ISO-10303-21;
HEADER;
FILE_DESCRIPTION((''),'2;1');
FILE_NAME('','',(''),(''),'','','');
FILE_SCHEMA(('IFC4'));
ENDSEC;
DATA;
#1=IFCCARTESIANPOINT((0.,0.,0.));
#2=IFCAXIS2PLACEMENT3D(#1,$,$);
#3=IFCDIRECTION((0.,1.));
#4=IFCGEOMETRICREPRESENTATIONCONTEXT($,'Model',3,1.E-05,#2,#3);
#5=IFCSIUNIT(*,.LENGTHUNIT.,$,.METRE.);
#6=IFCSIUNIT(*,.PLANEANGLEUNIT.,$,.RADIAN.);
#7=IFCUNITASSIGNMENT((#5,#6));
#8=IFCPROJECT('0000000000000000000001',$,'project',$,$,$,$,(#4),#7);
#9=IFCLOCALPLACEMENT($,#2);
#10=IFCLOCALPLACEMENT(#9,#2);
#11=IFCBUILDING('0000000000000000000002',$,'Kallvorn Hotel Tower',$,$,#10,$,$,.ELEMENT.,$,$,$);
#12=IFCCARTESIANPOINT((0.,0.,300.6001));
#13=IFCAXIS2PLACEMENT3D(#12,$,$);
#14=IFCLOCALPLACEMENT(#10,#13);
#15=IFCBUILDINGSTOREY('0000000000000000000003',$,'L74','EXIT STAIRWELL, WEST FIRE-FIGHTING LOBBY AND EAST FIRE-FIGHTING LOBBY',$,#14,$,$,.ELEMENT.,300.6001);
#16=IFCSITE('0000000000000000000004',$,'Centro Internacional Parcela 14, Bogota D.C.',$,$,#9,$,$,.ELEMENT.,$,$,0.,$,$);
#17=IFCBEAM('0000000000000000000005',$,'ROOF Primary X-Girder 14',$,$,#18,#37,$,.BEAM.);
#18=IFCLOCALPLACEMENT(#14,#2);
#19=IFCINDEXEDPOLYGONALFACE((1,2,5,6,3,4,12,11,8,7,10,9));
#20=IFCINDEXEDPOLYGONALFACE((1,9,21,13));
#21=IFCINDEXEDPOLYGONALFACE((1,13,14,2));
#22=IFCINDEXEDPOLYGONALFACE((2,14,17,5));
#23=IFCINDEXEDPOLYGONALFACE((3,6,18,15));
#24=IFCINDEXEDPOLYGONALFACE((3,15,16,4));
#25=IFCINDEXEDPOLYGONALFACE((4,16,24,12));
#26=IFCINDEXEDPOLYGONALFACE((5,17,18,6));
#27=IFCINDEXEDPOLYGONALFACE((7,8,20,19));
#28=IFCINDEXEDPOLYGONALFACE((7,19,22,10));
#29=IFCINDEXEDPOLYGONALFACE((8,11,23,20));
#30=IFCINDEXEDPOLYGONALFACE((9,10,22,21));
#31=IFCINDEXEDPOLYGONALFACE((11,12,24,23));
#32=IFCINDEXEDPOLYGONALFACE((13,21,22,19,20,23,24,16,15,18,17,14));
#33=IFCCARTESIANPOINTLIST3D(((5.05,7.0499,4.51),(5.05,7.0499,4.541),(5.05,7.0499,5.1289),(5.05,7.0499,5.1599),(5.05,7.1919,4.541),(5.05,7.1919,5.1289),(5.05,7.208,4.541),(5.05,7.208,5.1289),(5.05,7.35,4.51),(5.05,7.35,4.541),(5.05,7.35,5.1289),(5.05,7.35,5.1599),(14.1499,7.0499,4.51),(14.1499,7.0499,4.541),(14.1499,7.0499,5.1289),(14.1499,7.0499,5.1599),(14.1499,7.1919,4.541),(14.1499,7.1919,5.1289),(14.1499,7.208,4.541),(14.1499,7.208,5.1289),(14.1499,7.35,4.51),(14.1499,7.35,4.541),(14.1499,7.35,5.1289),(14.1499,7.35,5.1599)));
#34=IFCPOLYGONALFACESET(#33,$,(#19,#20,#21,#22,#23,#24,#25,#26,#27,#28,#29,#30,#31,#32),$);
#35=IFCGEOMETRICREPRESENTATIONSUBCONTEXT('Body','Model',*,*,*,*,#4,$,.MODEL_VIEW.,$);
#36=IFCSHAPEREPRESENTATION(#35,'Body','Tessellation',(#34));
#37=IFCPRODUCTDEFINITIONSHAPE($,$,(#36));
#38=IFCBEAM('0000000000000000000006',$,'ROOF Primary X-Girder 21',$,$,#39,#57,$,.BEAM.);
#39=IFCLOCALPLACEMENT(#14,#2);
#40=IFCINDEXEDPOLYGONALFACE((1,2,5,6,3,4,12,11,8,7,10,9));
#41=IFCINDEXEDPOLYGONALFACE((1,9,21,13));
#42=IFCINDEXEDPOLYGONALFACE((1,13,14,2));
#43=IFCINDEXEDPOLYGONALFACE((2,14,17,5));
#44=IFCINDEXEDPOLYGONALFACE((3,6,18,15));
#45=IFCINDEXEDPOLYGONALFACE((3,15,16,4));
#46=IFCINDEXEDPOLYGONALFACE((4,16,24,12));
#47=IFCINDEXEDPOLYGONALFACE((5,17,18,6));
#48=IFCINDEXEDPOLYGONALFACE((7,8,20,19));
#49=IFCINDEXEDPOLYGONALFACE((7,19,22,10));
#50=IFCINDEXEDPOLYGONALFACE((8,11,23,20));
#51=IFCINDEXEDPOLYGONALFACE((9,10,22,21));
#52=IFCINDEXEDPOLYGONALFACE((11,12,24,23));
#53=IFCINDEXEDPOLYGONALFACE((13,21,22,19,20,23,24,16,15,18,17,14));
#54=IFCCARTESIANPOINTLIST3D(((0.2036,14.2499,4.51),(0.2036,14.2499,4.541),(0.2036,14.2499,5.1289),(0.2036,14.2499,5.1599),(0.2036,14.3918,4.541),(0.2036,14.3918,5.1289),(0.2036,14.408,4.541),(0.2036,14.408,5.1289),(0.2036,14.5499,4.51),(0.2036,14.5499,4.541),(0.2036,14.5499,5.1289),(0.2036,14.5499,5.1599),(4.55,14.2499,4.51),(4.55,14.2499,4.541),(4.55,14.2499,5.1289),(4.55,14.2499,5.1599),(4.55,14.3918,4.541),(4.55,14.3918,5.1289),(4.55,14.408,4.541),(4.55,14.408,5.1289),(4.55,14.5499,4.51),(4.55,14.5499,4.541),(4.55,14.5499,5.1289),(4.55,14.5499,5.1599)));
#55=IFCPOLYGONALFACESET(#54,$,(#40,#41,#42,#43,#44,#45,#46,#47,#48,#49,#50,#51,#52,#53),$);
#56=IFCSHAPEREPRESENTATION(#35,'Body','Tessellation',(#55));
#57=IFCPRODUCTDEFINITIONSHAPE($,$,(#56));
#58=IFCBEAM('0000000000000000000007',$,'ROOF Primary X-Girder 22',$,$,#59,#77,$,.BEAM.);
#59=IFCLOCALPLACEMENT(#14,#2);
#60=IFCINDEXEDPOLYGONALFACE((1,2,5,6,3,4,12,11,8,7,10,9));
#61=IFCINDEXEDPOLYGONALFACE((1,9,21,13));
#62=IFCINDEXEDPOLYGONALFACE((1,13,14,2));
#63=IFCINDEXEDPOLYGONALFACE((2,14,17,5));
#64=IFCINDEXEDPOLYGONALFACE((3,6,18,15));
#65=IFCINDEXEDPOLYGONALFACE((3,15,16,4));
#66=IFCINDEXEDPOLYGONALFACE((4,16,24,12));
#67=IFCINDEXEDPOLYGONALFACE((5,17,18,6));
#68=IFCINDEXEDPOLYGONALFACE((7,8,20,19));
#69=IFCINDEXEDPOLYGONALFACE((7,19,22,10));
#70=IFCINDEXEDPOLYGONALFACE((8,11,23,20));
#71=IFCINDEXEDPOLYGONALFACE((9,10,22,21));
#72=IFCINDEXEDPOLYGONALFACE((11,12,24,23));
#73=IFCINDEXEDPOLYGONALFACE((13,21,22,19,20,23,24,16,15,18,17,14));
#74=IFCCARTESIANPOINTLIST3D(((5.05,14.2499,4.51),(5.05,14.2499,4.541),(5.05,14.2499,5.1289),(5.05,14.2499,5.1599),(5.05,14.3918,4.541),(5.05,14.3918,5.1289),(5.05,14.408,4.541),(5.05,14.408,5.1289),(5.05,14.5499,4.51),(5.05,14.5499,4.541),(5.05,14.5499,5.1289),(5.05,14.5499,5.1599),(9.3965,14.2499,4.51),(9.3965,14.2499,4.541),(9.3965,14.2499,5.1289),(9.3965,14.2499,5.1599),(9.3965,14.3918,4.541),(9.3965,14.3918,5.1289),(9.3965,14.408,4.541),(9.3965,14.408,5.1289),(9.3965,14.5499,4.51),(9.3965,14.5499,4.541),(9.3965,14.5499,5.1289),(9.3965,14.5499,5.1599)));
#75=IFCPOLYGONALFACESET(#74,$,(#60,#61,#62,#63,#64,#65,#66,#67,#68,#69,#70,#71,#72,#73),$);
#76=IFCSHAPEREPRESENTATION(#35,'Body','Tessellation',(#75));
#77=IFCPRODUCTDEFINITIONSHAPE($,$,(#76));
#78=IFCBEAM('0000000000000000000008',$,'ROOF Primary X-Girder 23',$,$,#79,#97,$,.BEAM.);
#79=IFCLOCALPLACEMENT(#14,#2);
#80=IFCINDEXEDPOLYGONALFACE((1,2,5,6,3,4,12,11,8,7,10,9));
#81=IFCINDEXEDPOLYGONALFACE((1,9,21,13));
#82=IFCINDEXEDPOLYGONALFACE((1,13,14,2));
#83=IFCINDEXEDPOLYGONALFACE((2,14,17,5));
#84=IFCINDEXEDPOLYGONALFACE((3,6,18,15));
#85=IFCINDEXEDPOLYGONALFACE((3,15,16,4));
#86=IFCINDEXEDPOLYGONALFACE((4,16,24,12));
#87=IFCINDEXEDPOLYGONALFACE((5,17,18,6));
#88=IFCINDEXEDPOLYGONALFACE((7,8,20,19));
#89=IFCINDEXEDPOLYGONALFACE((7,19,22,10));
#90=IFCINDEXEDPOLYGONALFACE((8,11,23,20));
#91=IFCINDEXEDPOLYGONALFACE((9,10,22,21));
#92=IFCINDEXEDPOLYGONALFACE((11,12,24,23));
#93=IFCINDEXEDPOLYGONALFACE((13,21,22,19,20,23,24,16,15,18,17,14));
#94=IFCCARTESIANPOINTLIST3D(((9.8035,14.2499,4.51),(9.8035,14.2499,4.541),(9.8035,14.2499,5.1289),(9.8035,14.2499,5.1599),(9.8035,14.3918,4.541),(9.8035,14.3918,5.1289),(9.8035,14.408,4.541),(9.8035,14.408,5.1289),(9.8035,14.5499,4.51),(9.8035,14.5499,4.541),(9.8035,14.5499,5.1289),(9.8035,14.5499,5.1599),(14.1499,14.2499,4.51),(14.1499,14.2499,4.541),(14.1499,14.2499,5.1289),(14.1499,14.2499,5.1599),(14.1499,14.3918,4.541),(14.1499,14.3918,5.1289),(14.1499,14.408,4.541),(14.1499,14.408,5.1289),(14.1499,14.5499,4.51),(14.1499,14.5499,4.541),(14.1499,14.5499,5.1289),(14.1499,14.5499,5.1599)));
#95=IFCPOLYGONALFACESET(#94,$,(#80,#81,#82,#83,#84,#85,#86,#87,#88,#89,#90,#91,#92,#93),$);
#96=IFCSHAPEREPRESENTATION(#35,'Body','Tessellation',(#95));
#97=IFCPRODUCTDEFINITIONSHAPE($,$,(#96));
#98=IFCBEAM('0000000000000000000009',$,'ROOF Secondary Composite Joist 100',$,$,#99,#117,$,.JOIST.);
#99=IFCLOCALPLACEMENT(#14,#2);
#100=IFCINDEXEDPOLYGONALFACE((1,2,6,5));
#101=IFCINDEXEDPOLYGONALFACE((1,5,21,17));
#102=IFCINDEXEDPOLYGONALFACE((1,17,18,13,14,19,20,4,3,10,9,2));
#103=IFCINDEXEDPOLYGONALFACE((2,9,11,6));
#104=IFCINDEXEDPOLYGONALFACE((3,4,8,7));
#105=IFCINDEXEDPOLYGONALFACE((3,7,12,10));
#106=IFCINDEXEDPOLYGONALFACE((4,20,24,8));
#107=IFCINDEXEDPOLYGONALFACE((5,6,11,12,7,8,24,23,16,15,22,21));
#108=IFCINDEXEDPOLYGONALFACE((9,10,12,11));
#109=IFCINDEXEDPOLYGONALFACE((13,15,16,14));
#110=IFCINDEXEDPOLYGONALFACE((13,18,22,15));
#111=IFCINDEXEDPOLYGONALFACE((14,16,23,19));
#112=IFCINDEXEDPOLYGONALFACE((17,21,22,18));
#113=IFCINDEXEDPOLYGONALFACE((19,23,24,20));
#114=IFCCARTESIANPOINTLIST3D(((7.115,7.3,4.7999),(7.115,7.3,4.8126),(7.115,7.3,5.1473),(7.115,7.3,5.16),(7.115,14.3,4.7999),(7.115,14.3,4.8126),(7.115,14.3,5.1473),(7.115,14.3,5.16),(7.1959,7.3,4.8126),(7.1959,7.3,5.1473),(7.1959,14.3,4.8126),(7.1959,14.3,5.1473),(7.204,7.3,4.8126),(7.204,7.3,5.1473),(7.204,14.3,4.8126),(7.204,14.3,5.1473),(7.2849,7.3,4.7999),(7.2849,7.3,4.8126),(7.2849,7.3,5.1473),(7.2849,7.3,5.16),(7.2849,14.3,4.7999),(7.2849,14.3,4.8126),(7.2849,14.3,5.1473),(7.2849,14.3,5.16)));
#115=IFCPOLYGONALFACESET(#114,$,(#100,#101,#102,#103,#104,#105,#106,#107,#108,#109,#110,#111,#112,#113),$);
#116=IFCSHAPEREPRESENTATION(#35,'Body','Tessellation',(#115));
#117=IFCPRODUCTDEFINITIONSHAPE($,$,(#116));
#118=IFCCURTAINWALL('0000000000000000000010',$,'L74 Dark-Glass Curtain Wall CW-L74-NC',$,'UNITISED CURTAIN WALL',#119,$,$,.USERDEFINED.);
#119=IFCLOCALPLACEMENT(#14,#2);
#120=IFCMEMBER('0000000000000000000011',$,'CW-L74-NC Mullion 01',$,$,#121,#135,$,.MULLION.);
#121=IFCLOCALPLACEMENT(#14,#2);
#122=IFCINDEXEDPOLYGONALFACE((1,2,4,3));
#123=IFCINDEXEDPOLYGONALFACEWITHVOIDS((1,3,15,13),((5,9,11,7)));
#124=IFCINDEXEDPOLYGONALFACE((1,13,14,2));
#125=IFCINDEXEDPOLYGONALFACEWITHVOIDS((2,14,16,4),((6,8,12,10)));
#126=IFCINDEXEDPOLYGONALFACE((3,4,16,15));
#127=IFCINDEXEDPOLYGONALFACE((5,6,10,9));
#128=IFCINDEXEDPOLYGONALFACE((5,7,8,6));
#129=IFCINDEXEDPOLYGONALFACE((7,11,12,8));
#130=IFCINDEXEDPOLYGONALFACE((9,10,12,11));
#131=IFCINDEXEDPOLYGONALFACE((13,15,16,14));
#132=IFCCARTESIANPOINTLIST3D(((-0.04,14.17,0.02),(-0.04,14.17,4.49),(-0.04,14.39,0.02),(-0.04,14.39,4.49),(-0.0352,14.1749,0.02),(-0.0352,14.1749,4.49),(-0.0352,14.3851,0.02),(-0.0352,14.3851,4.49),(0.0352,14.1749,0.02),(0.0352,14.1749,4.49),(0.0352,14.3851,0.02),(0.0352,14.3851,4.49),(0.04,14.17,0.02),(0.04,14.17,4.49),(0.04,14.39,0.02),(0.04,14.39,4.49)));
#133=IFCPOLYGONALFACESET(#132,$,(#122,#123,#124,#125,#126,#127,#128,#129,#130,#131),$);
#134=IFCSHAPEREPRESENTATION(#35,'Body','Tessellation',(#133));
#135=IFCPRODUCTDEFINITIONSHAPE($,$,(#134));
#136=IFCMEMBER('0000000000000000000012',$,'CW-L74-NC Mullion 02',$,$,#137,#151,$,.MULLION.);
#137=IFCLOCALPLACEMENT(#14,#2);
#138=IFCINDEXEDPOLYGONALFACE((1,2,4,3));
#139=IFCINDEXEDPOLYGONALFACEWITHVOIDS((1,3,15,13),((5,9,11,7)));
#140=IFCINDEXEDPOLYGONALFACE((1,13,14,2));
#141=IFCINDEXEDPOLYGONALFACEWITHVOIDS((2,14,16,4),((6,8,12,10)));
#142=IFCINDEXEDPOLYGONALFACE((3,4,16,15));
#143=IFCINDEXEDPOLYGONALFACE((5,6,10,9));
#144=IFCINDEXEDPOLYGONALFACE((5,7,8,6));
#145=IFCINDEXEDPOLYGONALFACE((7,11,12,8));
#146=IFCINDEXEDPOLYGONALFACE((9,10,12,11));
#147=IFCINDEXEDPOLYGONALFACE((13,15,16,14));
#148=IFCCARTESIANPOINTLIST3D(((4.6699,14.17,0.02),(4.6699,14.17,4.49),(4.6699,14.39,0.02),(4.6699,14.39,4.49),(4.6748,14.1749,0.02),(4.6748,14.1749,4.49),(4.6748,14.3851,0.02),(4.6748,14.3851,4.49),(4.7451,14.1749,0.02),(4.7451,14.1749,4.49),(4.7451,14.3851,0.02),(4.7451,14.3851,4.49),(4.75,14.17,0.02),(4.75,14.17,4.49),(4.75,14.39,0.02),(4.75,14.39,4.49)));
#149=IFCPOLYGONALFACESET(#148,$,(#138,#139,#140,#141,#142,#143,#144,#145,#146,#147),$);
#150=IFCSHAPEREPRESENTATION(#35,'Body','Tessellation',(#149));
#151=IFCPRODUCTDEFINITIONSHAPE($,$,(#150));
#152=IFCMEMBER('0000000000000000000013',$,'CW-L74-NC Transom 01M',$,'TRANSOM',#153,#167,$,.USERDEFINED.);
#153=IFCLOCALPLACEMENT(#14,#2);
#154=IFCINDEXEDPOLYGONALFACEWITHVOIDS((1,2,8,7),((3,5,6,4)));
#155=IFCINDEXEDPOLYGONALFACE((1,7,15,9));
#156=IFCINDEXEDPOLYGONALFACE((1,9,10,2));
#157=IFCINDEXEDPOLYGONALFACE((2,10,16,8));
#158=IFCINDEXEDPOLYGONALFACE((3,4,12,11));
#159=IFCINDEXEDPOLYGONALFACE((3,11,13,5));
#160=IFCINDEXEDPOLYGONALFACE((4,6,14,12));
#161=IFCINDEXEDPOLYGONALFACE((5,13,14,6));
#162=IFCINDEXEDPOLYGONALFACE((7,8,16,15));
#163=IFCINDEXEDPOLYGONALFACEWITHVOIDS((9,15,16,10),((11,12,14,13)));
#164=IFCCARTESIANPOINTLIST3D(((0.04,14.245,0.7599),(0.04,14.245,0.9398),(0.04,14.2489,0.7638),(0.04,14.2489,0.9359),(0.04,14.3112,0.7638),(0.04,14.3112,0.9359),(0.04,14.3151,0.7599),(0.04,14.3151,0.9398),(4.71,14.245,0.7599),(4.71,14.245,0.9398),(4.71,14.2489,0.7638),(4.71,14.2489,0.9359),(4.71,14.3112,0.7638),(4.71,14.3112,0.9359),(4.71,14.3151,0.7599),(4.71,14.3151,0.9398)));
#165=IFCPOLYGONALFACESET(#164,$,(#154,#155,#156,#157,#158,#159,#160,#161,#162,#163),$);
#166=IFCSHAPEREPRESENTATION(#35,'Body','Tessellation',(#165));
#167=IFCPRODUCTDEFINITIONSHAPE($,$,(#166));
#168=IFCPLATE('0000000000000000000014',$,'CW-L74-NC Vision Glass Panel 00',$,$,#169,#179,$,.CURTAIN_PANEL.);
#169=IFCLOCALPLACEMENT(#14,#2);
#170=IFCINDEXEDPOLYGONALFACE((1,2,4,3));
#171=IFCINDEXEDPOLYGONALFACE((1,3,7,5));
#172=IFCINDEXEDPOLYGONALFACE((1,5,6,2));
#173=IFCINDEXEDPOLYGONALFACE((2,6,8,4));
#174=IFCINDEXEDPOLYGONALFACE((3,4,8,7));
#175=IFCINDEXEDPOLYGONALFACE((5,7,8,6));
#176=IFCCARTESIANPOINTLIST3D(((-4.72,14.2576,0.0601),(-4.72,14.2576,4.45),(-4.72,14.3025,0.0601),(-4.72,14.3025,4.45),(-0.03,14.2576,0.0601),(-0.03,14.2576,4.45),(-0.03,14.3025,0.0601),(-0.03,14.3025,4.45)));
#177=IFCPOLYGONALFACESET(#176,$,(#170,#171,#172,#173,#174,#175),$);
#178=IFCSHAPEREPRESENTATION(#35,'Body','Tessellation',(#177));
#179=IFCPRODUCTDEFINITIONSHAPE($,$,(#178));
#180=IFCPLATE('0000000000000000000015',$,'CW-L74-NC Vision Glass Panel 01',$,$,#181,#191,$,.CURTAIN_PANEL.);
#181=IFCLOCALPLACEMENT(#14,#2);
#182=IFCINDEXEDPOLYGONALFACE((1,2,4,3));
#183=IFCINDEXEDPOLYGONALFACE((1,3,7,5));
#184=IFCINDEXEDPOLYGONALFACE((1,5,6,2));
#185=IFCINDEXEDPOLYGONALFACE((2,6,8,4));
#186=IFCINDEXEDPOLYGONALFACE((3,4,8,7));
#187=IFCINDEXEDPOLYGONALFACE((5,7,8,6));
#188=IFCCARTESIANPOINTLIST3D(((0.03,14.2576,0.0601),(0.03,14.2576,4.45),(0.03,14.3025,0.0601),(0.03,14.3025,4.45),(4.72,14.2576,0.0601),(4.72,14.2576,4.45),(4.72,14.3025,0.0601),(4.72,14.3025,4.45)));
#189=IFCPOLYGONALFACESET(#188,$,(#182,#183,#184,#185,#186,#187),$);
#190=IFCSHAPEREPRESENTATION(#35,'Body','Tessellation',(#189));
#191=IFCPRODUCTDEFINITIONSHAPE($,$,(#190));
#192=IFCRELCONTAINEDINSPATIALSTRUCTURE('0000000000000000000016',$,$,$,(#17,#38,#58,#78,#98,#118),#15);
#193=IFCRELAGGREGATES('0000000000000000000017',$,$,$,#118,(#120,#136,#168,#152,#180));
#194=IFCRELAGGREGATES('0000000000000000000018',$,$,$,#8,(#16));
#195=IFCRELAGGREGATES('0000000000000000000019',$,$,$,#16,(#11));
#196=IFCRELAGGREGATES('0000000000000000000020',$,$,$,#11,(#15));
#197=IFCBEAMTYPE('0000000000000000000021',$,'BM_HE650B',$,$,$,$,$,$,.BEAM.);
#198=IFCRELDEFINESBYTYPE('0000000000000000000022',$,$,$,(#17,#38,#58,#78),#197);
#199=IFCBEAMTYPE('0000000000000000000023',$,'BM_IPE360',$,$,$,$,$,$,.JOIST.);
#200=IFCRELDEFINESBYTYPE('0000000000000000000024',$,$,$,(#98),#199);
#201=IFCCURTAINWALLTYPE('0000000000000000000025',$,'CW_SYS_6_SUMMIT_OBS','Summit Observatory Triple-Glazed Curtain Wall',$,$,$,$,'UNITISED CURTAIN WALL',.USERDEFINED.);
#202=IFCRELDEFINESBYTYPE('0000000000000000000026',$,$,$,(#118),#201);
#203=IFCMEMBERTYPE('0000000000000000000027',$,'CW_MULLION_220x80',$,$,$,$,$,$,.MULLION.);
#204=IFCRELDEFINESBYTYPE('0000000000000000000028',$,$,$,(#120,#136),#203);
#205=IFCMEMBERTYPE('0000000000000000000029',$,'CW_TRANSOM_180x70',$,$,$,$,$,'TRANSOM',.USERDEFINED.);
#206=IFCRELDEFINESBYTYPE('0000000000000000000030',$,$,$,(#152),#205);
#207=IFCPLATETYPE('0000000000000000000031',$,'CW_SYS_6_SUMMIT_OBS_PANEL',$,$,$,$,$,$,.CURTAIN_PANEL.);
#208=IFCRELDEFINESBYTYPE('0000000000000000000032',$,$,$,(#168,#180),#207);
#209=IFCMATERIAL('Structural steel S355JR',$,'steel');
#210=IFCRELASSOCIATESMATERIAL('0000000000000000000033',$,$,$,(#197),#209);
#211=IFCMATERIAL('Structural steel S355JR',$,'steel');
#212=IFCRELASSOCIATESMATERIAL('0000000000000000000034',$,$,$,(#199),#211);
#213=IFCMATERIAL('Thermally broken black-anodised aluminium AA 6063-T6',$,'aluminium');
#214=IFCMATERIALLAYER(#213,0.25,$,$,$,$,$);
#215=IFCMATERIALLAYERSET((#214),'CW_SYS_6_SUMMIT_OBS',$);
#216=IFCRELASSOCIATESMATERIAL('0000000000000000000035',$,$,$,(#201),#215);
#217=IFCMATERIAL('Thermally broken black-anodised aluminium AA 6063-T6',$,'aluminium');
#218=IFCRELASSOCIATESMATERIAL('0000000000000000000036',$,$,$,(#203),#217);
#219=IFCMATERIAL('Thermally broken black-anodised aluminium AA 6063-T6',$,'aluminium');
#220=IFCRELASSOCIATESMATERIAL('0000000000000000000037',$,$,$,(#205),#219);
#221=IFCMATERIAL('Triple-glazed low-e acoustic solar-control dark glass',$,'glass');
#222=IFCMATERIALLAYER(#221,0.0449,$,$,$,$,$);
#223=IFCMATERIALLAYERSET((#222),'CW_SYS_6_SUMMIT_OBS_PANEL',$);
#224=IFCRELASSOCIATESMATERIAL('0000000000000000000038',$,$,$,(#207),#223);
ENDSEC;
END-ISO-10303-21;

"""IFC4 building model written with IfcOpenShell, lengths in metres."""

from ifc_helpers import new_model, si_unit, direction, frame, origin, origin_2d, place, context, subcontext, project, spatial, rectangle, hollow_rectangle, i_section, extrude, material, layer, layer_set, material_profile, profile_set, type_object, element, aggregate, save


model = new_model("IFC4")

# Units and contexts
model_context = context("Model", 3, precision=1e-05, world=origin(), true_north=direction((0.0, 1.0)))
body_context = subcontext(model_context, "Body", "Model", "MODEL_VIEW")
ifc_project = project(units=[si_unit("LENGTHUNIT", "METRE"), si_unit("PLANEANGLEUNIT", "RADIAN")], contexts=[model_context])

# Site, building, storey
site_placement = place(None, origin())
site = spatial("IfcSite", under=ifc_project, at=site_placement, Name="Centro Internacional Parcela 14, Bogota D.C.", CompositionType="ELEMENT", RefElevation=0.0)
building_placement = place(site_placement, origin())
building = spatial("IfcBuilding", under=site, at=building_placement, Name="Kallvorn Hotel Tower", CompositionType="ELEMENT")
storey_placement = place(building_placement, frame((0.0, 0.0, 300.6001)))
storey = spatial("IfcBuildingStorey", under=building, at=storey_placement, Name="L74", Description="EXIT STAIRWELL, WEST FIRE-FIGHTING LOBBY AND EAST FIRE-FIGHTING LOBBY", CompositionType="ELEMENT", Elevation=300.6001)

# Beams
ifc_material_1 = material(Name="Structural steel S355JR", Category="steel")
ifc_material_profile_1 = material_profile(ifc_material_1, i_section(OverallWidth=0.3, OverallDepth=0.6499, WebThickness=0.0161, FlangeThickness=0.031, at=origin_2d()), Name="HE 650 B")
ifc_profile_set_1 = profile_set([ifc_material_profile_1], Name="Structural steel S355JR")
beam_type_1 = type_object("IfcBeamType", Name="BM_HE650B", PredefinedType="BEAM", material=ifc_profile_set_1)
beam_1_placement = place(storey_placement, frame((5.05, 7.2, 4.835), z_axis=(1.0, 0.0, 0.0), x_axis=(0.0, 1.0, 0.0)))
element("IfcBeam", 1, at=beam_1_placement, inside=storey, type_object=beam_type_1, Name="ROOF Primary X-Girder 14", PredefinedType="BEAM", context=body_context, shape_type="SweptSolid", body=[
    extrude(i_section(OverallWidth=0.3, OverallDepth=0.6499, WebThickness=0.0161, FlangeThickness=0.031, at=origin_2d()), origin(), (0.0, 0.0, 1.0), 9.0999),
])
for number, where, z_axis, x_axis, name in (
    (2, (0.2036, 14.3999, 4.835), (1.0, 0.0, 0.0), (0.0, 1.0, 0.0), "ROOF Primary X-Girder 21"),
    (3, (5.05, 14.3999, 4.835), (1.0, 0.0, 0.0), (0.0, 1.0, 0.0), "ROOF Primary X-Girder 22"),
    (4, (9.8035, 14.3999, 4.835), (1.0, 0.0, 0.0), (0.0, 1.0, 0.0), "ROOF Primary X-Girder 23"),
):
    element("IfcBeam", number, at=place(storey_placement, frame(where, z_axis=z_axis, x_axis=x_axis)), inside=storey, type_object=beam_type_1, Name=name, PredefinedType="BEAM", context=body_context, shape_type="SweptSolid", body=[
        extrude(i_section(OverallWidth=0.3, OverallDepth=0.6499, WebThickness=0.0161, FlangeThickness=0.031, at=origin_2d()), origin(), (0.0, 0.0, 1.0), 4.3464),
    ])
ifc_material_2 = material(Name="Structural steel S355JR", Category="steel")
ifc_material_profile_2 = material_profile(ifc_material_2, i_section(OverallWidth=0.1699, OverallDepth=0.3601, WebThickness=0.0081, FlangeThickness=0.0127, at=origin_2d()), Name="IPE 360")
ifc_profile_set_2 = profile_set([ifc_material_profile_2], Name="Structural steel S355JR")
beam_type_2 = type_object("IfcBeamType", Name="BM_IPE360", PredefinedType="JOIST", material=ifc_profile_set_2)
beam_2_placement = place(storey_placement, frame((7.2, 7.3, 4.98), z_axis=(0.0, 1.0, 0.0), x_axis=(-1.0, 0.0, 0.0)))
element("IfcBeam", 5, at=beam_2_placement, inside=storey, type_object=beam_type_2, Name="ROOF Secondary Composite Joist 100", PredefinedType="JOIST", context=body_context, shape_type="SweptSolid", body=[
    extrude(i_section(OverallWidth=0.1699, OverallDepth=0.3601, WebThickness=0.0081, FlangeThickness=0.0127, at=origin_2d()), origin(), (0.0, 0.0, 1.0), 7.0),
])

# Curtain wall, members, plates
ifc_material_3 = material(Name="Thermally broken black-anodised aluminium AA 6063-T6", Category="aluminium")
ifc_layer_1 = layer(ifc_material_3, 0.25)
ifc_layer_set_1 = layer_set([ifc_layer_1], Name="CW_SYS_6_SUMMIT_OBS")
curtain_wall_type = type_object("IfcCurtainWallType", Name="CW_SYS_6_SUMMIT_OBS", Description="Summit Observatory Triple-Glazed Curtain Wall", ElementType="UNITISED CURTAIN WALL", PredefinedType="USERDEFINED", material=ifc_layer_set_1)
curtain_wall_placement = place(storey_placement, origin())
curtain_wall = element("IfcCurtainWall", 6, at=curtain_wall_placement, inside=storey, type_object=curtain_wall_type, Name="L74 Dark-Glass Curtain Wall CW-L74-NC", ObjectType="UNITISED CURTAIN WALL", PredefinedType="USERDEFINED")
ifc_material_4 = material(Name="Thermally broken black-anodised aluminium AA 6063-T6", Category="aluminium")
ifc_material_profile_3 = material_profile(ifc_material_4, hollow_rectangle(XDim=0.0801, YDim=0.22, WallThickness=0.0049, at=origin_2d()), Name="MUL 220x80")
ifc_profile_set_3 = profile_set([ifc_material_profile_3], Name="Thermally broken black-anodised aluminium AA 6063-T6")
member_type_1 = type_object("IfcMemberType", Name="CW_MULLION_220x80", PredefinedType="MULLION", material=ifc_profile_set_3)
member_1_placement = place(storey_placement, frame((0.0, 14.28, 0.02), z_axis=(0.0, 0.0, 1.0), x_axis=(1.0, 0.0, 0.0)))
member_1 = element("IfcMember", 7, at=member_1_placement, type_object=member_type_1, Name="CW-L74-NC Mullion 01", PredefinedType="MULLION", context=body_context, shape_type="SweptSolid", body=[
    extrude(hollow_rectangle(XDim=0.0801, YDim=0.22, WallThickness=0.0049, at=origin_2d()), origin(), (0.0, 0.0, 1.0), 4.47),
])
member_2_placement = place(storey_placement, frame((4.71, 14.28, 0.02), z_axis=(0.0, 0.0, 1.0), x_axis=(1.0, 0.0, 0.0)))
member_2 = element("IfcMember", 8, at=member_2_placement, type_object=member_type_1, Name="CW-L74-NC Mullion 02", PredefinedType="MULLION", context=body_context, shape_type="SweptSolid", body=[
    extrude(hollow_rectangle(XDim=0.0801, YDim=0.22, WallThickness=0.0049, at=origin_2d()), origin(), (0.0, 0.0, 1.0), 4.47),
])
ifc_material_5 = material(Name="Thermally broken black-anodised aluminium AA 6063-T6", Category="aluminium")
ifc_material_profile_4 = material_profile(ifc_material_5, hollow_rectangle(XDim=0.0701, YDim=0.1799, WallThickness=0.0039, at=origin_2d()), Name="TRN 180x70")
ifc_profile_set_4 = profile_set([ifc_material_profile_4], Name="Thermally broken black-anodised aluminium AA 6063-T6")
member_type_2 = type_object("IfcMemberType", Name="CW_TRANSOM_180x70", ElementType="TRANSOM", PredefinedType="USERDEFINED", material=ifc_profile_set_4)
member_3_placement = place(storey_placement, frame((0.04, 14.28, 0.8499), z_axis=(1.0, 0.0, 0.0), x_axis=(0.0, 1.0, 0.0)))
member_3 = element("IfcMember", 9, at=member_3_placement, type_object=member_type_2, Name="CW-L74-NC Transom 01M", ObjectType="TRANSOM", PredefinedType="USERDEFINED", context=body_context, shape_type="SweptSolid", body=[
    extrude(hollow_rectangle(XDim=0.0701, YDim=0.1799, WallThickness=0.0039, at=origin_2d()), origin(), (0.0, 0.0, 1.0), 4.6699),
])
ifc_material_6 = material(Name="Triple-glazed low-e acoustic solar-control dark glass", Category="glass")
ifc_layer_2 = layer(ifc_material_6, 0.0449)
ifc_layer_set_2 = layer_set([ifc_layer_2], Name="CW_SYS_6_SUMMIT_OBS_PANEL")
plate_type = type_object("IfcPlateType", Name="CW_SYS_6_SUMMIT_OBS_PANEL", PredefinedType="CURTAIN_PANEL", material=ifc_layer_set_2)
plate_1_placement = place(storey_placement, frame((-2.375, 14.28, 0.0601), z_axis=(0.0, 0.0, 1.0), x_axis=(1.0, 0.0, 0.0)))
plate_1 = element("IfcPlate", 10, at=plate_1_placement, type_object=plate_type, Name="CW-L74-NC Vision Glass Panel 00", PredefinedType="CURTAIN_PANEL", context=body_context, shape_type="SweptSolid", body=[
    extrude(rectangle(XDim=4.6899, YDim=0.0449, at=origin_2d()), origin(), (0.0, 0.0, 1.0), 4.3899),
])
plate_2_placement = place(storey_placement, frame((2.375, 14.28, 0.0601), z_axis=(0.0, 0.0, 1.0), x_axis=(1.0, 0.0, 0.0)))
plate_2 = element("IfcPlate", 11, at=plate_2_placement, type_object=plate_type, Name="CW-L74-NC Vision Glass Panel 01", PredefinedType="CURTAIN_PANEL", context=body_context, shape_type="SweptSolid", body=[
    extrude(rectangle(XDim=4.6899, YDim=0.0449, at=origin_2d()), origin(), (0.0, 0.0, 1.0), 4.3899),
])
aggregate(curtain_wall, [member_1, member_2, plate_1, member_3, plate_2])

save(model, "model.ifc")
